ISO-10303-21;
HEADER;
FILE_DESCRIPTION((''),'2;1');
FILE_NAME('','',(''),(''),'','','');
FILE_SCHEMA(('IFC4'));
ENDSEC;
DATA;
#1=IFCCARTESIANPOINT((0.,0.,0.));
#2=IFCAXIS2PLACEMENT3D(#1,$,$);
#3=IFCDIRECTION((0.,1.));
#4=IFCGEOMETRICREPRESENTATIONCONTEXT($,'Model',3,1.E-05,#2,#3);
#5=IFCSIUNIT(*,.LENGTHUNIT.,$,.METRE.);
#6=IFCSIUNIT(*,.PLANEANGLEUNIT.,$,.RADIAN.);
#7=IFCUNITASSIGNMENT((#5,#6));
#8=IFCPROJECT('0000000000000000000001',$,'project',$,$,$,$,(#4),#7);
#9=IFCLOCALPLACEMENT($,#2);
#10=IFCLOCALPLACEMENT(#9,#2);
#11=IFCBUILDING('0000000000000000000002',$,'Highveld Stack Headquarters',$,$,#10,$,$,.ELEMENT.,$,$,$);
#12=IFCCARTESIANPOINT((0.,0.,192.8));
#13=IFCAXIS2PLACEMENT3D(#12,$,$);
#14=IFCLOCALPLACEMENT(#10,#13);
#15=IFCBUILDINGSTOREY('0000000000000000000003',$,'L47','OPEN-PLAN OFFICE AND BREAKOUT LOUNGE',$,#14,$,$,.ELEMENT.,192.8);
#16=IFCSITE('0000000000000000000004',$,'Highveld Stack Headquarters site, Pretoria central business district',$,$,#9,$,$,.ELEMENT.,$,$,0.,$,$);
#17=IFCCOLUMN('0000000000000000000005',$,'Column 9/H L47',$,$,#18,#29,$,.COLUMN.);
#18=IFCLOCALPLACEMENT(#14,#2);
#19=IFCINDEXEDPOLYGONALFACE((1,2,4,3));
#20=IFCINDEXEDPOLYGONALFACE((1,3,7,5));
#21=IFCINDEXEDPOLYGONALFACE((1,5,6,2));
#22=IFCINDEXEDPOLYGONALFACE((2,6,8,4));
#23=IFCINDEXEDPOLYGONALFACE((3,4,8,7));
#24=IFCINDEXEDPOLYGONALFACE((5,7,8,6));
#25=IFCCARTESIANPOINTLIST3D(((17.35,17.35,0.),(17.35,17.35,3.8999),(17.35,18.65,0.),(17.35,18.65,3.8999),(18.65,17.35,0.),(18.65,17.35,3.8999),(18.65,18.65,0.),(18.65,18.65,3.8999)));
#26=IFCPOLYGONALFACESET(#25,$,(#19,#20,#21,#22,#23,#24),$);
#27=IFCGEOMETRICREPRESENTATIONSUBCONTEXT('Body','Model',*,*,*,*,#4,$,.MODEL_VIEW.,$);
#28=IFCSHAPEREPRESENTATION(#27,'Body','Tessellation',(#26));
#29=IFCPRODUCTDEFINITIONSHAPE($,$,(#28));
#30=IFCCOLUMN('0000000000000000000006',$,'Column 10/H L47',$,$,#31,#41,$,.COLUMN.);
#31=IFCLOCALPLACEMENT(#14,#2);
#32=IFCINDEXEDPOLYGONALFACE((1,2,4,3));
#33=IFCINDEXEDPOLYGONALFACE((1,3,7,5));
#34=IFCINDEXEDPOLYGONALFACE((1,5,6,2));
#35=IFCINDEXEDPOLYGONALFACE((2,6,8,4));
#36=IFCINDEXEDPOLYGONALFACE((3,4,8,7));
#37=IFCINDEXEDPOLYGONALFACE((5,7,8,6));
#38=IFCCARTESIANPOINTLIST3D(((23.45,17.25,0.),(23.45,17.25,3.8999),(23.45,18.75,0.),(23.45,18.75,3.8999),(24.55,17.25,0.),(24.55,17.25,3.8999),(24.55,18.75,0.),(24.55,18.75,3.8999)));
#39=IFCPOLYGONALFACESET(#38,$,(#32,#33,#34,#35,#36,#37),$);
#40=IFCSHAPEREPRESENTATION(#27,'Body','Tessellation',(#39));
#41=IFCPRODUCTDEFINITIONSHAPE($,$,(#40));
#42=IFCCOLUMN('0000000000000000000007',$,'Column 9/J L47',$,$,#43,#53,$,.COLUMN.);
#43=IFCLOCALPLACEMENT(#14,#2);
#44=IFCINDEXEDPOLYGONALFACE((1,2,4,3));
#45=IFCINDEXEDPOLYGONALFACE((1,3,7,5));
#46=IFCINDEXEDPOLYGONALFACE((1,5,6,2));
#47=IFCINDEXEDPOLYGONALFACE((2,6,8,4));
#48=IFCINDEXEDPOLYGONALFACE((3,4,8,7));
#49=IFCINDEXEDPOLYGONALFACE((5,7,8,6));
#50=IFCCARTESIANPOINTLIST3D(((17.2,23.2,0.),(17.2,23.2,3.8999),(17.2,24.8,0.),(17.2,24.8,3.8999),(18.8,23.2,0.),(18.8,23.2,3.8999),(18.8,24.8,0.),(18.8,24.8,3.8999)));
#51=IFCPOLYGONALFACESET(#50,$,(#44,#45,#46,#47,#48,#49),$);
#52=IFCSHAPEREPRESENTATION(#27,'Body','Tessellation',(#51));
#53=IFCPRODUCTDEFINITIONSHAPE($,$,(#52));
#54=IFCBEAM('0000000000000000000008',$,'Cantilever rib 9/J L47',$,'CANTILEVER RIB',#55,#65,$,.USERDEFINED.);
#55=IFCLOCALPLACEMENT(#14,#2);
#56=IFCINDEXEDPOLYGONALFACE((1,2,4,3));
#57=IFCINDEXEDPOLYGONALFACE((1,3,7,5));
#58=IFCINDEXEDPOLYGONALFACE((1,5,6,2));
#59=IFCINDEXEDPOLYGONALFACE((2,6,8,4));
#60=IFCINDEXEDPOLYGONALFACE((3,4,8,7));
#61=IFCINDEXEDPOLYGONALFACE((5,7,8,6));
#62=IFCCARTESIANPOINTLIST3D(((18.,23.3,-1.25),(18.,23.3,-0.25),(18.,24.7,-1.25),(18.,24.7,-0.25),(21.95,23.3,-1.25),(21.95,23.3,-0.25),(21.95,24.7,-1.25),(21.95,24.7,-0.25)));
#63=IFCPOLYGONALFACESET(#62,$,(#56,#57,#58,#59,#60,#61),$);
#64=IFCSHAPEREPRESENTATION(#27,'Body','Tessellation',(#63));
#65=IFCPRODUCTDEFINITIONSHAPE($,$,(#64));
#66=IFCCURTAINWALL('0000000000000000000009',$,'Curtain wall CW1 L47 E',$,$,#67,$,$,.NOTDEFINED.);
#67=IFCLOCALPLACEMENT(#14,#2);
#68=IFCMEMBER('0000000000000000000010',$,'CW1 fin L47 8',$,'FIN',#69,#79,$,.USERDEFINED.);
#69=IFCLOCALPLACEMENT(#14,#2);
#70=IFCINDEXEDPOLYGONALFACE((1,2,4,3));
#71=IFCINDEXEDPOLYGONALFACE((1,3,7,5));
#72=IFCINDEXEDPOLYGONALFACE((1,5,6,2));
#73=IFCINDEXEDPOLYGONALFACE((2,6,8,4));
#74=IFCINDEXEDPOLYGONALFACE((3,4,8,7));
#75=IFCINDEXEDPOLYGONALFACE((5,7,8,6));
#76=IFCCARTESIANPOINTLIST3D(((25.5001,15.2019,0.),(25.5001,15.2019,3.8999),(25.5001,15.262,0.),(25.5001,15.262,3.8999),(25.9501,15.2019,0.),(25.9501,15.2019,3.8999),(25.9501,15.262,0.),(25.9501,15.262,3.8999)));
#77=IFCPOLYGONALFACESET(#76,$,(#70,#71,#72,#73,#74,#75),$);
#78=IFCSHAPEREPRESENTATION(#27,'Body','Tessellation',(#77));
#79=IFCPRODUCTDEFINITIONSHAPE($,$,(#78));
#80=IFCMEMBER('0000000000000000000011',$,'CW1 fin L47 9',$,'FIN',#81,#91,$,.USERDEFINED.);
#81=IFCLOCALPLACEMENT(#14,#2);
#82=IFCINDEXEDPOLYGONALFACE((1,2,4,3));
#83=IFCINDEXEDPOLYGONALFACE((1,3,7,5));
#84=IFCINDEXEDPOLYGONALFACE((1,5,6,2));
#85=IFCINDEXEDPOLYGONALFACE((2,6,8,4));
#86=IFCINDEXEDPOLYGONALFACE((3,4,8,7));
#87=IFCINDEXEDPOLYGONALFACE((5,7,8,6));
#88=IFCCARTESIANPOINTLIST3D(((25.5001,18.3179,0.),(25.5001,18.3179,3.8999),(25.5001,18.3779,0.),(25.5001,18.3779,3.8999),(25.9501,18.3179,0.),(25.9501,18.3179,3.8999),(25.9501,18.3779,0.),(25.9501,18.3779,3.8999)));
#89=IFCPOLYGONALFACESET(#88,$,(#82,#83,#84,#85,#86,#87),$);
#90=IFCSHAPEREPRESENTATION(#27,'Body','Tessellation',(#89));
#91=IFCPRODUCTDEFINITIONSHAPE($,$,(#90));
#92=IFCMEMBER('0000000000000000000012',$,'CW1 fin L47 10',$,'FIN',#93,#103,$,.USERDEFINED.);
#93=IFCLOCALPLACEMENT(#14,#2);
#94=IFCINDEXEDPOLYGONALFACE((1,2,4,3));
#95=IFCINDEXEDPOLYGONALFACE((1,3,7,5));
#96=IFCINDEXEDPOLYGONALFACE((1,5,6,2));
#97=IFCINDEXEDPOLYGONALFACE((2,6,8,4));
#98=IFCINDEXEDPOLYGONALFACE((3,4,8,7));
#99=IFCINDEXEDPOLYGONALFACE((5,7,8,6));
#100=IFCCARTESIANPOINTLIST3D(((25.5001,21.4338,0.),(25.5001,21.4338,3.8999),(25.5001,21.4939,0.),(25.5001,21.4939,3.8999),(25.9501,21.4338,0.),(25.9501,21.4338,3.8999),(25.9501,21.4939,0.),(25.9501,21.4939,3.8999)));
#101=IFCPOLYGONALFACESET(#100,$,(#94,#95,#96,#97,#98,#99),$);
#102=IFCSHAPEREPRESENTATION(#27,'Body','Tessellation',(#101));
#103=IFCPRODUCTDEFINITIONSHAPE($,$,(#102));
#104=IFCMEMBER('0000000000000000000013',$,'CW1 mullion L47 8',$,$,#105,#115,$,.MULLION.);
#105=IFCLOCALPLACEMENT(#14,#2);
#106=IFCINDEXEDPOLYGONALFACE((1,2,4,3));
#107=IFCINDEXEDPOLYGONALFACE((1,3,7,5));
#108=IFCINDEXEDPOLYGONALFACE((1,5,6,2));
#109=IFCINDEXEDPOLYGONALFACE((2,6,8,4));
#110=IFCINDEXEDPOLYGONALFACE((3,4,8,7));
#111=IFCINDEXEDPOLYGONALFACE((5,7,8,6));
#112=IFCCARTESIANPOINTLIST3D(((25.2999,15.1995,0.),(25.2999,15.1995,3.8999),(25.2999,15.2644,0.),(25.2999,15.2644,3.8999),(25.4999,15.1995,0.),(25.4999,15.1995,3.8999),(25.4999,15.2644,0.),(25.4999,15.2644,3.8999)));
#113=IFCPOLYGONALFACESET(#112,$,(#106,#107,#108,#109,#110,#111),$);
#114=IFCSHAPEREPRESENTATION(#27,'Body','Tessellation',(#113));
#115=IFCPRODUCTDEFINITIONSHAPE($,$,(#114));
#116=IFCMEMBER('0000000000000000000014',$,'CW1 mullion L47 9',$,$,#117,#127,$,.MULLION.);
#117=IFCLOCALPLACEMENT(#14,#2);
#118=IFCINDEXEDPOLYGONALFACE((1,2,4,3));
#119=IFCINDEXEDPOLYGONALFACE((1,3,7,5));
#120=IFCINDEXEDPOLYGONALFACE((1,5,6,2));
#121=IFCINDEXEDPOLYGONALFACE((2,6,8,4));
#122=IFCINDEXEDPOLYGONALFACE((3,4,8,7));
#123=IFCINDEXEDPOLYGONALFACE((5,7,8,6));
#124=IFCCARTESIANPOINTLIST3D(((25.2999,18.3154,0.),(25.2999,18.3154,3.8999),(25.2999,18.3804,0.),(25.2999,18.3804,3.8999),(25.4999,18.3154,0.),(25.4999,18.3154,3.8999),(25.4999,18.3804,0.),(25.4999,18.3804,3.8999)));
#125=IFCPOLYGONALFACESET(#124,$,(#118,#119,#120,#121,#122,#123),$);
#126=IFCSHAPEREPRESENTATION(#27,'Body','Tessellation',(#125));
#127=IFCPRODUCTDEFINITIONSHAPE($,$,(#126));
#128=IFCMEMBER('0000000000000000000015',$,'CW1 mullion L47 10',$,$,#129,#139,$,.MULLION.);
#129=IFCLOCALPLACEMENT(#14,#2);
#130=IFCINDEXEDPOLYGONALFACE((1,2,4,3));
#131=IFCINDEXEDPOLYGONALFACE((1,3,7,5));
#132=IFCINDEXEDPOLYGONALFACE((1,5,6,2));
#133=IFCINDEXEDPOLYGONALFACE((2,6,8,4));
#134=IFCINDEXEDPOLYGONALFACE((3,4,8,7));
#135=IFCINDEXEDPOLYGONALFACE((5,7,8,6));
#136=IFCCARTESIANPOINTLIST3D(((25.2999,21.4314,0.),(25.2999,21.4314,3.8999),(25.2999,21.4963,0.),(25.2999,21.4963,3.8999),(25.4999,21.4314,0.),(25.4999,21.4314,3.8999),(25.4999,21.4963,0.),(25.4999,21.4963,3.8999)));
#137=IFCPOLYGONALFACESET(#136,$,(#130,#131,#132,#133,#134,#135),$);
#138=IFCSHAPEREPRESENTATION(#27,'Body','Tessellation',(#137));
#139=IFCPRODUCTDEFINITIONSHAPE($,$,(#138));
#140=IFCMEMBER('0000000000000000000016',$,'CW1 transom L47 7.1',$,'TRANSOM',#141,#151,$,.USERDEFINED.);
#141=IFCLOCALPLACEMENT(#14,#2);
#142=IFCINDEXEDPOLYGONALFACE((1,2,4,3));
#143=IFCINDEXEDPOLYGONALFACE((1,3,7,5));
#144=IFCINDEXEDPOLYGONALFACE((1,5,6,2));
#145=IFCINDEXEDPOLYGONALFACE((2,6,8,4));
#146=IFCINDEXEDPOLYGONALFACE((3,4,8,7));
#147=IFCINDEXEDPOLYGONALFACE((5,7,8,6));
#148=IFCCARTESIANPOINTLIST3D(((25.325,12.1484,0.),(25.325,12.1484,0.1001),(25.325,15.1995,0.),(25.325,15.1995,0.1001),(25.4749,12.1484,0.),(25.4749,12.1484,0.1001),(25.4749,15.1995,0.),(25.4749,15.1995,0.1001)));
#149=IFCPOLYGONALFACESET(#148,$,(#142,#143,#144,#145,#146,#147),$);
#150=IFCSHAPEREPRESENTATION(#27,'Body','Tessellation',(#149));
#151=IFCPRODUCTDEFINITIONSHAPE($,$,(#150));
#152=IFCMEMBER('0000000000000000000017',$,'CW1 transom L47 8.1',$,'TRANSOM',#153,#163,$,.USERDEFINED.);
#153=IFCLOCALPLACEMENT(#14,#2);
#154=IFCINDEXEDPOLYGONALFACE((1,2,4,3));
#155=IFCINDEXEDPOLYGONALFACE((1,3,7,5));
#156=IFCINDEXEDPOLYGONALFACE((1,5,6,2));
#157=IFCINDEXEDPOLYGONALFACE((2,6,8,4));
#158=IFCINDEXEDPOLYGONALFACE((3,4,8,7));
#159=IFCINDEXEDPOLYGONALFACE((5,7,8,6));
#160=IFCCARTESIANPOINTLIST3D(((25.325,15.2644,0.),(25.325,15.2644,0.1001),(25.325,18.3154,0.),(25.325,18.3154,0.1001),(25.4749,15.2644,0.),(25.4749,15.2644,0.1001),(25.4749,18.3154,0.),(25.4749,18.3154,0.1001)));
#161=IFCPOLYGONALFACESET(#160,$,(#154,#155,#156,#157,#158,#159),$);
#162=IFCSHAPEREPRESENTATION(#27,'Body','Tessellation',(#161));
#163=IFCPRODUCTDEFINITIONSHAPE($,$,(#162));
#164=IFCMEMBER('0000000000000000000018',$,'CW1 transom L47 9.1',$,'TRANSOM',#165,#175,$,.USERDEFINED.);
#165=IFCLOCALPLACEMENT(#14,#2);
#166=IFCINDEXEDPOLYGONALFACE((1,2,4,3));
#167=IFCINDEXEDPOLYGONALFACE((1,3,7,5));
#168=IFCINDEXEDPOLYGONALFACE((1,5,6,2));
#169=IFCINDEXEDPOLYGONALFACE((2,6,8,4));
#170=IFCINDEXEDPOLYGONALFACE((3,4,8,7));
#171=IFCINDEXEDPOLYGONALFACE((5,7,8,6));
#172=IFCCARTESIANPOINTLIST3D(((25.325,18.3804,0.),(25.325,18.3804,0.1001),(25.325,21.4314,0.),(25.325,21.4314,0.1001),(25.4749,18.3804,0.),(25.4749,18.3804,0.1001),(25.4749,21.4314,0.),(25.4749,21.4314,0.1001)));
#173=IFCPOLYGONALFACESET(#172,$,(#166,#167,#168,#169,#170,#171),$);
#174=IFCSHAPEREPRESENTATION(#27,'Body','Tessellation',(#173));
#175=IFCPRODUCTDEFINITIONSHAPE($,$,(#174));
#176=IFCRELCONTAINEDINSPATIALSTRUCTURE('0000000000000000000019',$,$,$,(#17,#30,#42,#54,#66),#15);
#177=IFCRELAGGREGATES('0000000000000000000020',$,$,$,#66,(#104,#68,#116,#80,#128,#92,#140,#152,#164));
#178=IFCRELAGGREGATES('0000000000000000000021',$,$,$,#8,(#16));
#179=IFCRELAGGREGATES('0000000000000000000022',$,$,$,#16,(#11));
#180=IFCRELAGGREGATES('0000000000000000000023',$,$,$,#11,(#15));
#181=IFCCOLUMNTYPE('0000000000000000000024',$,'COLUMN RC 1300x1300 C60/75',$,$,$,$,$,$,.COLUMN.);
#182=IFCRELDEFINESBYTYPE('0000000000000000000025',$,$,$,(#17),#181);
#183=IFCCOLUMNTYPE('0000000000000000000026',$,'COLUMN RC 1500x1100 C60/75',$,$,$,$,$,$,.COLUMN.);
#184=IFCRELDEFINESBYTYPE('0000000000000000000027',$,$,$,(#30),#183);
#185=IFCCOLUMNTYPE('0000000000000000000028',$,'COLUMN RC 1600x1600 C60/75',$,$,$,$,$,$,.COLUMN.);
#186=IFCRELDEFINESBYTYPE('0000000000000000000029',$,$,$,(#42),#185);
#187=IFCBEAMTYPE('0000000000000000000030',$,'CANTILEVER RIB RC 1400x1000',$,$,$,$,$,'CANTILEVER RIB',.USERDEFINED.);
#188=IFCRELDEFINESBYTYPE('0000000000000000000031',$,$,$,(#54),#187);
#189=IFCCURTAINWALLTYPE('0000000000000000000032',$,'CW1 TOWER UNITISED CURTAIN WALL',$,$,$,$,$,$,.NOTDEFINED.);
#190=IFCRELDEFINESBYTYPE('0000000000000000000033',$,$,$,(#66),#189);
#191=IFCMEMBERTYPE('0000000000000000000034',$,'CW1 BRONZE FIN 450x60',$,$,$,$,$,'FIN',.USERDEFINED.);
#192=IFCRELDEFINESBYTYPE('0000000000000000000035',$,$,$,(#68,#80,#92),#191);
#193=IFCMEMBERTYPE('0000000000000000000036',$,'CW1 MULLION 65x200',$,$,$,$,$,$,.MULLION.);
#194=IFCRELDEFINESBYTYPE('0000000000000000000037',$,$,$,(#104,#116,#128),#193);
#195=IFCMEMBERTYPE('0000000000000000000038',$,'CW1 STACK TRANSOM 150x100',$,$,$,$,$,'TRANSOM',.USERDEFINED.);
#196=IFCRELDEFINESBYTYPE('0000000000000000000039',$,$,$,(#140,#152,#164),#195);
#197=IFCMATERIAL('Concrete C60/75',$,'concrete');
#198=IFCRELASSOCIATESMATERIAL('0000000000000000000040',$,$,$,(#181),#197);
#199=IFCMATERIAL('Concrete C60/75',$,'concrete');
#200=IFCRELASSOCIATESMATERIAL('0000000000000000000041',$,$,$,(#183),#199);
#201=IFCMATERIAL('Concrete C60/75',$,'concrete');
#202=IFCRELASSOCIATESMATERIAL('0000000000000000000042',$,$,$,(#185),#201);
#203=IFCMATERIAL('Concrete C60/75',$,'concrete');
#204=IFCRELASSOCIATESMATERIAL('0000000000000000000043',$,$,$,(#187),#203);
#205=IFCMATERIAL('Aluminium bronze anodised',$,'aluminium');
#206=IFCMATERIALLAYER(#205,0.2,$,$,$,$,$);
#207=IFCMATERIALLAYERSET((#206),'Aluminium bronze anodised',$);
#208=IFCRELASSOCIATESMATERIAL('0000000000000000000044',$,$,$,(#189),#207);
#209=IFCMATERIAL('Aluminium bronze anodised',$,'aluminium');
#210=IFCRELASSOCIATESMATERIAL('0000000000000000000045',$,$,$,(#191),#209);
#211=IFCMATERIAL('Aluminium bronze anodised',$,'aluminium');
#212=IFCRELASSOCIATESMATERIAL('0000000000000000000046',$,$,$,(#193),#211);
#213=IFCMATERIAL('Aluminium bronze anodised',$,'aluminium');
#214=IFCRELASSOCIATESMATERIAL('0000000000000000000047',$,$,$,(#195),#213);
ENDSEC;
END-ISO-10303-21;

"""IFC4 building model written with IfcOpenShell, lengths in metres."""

from ifc_helpers import new_model, si_unit, direction, frame, origin, origin_2d, place, context, subcontext, project, spatial, rectangle, extrude, material, layer, layer_set, material_profile, profile_set, type_object, element, aggregate, save


model = new_model("IFC4")

# Units and contexts
model_context = context("Model", 3, precision=1e-05, world=origin(), true_north=direction((0.0, 1.0)))
body_context = subcontext(model_context, "Body", "Model", "MODEL_VIEW")
ifc_project = project(units=[si_unit("LENGTHUNIT", "METRE"), si_unit("PLANEANGLEUNIT", "RADIAN")], contexts=[model_context])

# Site, building, storey
site_placement = place(None, origin())
site = spatial("IfcSite", under=ifc_project, at=site_placement, Name="Highveld Stack Headquarters site, Pretoria central business district", CompositionType="ELEMENT", RefElevation=0.0)
building_placement = place(site_placement, origin())
building = spatial("IfcBuilding", under=site, at=building_placement, Name="Highveld Stack Headquarters", CompositionType="ELEMENT")
storey_placement = place(building_placement, frame((0.0, 0.0, 192.8)))
storey = spatial("IfcBuildingStorey", under=building, at=storey_placement, Name="L47", Description="OPEN-PLAN OFFICE AND BREAKOUT LOUNGE", CompositionType="ELEMENT", Elevation=192.8)

# Columns
ifc_material_1 = material(Name="Concrete C60/75", Category="concrete")
ifc_material_profile_1 = material_profile(ifc_material_1, rectangle(XDim=1.3, YDim=1.3, at=origin_2d()), Name="RC 1300x1300")
ifc_profile_set_1 = profile_set([ifc_material_profile_1], Name="Concrete C60/75")
column_type_1 = type_object("IfcColumnType", Name="COLUMN RC 1300x1300 C60/75", PredefinedType="COLUMN", material=ifc_profile_set_1)
column_1_placement = place(storey_placement, frame((18.0, 18.0, 0.0), z_axis=(0.0, 0.0, 1.0), x_axis=(1.0, 0.0, 0.0)))
element("IfcColumn", 1, at=column_1_placement, inside=storey, type_object=column_type_1, Name="Column 9/H L47", PredefinedType="COLUMN", context=body_context, shape_type="SweptSolid", body=[
    extrude(rectangle(XDim=1.3, YDim=1.3, at=origin_2d()), origin(), (0.0, 0.0, 1.0), 3.8999),
])
ifc_material_2 = material(Name="Concrete C60/75", Category="concrete")
ifc_material_profile_2 = material_profile(ifc_material_2, rectangle(XDim=1.5, YDim=1.1001, at=origin_2d()), Name="RC 1500x1100")
ifc_profile_set_2 = profile_set([ifc_material_profile_2], Name="Concrete C60/75")
column_type_2 = type_object("IfcColumnType", Name="COLUMN RC 1500x1100 C60/75", PredefinedType="COLUMN", material=ifc_profile_set_2)
column_2_placement = place(storey_placement, frame((24.0, 18.0, 0.0), z_axis=(0.0, 0.0, 1.0), x_axis=(0.0, 1.0, 0.0)))
element("IfcColumn", 2, at=column_2_placement, inside=storey, type_object=column_type_2, Name="Column 10/H L47", PredefinedType="COLUMN", context=body_context, shape_type="SweptSolid", body=[
    extrude(rectangle(XDim=1.5, YDim=1.1001, at=origin_2d()), origin(), (0.0, 0.0, 1.0), 3.8999),
])
ifc_material_3 = material(Name="Concrete C60/75", Category="concrete")
ifc_material_profile_3 = material_profile(ifc_material_3, rectangle(XDim=1.6001, YDim=1.6001, at=origin_2d()), Name="RC 1600x1600")
ifc_profile_set_3 = profile_set([ifc_material_profile_3], Name="Concrete C60/75")
column_type_3 = type_object("IfcColumnType", Name="COLUMN RC 1600x1600 C60/75", PredefinedType="COLUMN", material=ifc_profile_set_3)
column_3_placement = place(storey_placement, frame((18.0, 24.0, 0.0), z_axis=(0.0, 0.0, 1.0), x_axis=(1.0, 0.0, 0.0)))
element("IfcColumn", 3, at=column_3_placement, inside=storey, type_object=column_type_3, Name="Column 9/J L47", PredefinedType="COLUMN", context=body_context, shape_type="SweptSolid", body=[
    extrude(rectangle(XDim=1.6001, YDim=1.6001, at=origin_2d()), origin(), (0.0, 0.0, 1.0), 3.8999),
])

# Beam
ifc_material_4 = material(Name="Concrete C60/75", Category="concrete")
ifc_material_profile_4 = material_profile(ifc_material_4, rectangle(XDim=1.3999, YDim=1.0, at=origin_2d()), Name="RC 1400x1000")
ifc_profile_set_4 = profile_set([ifc_material_profile_4], Name="Concrete C60/75")
beam_type = type_object("IfcBeamType", Name="CANTILEVER RIB RC 1400x1000", ElementType="CANTILEVER RIB", PredefinedType="USERDEFINED", material=ifc_profile_set_4)
beam_placement = place(storey_placement, frame((18.0, 24.0, -0.75), z_axis=(1.0, 0.0, 0.0), x_axis=(0.0, 1.0, 0.0)))
element("IfcBeam", 4, at=beam_placement, inside=storey, type_object=beam_type, Name="Cantilever rib 9/J L47", ObjectType="CANTILEVER RIB", PredefinedType="USERDEFINED", context=body_context, shape_type="SweptSolid", body=[
    extrude(rectangle(XDim=1.3999, YDim=1.0, at=origin_2d()), origin(), (0.0, 0.0, 1.0), 3.95),
])

# Curtain wall, members
ifc_material_5 = material(Name="Aluminium bronze anodised", Category="aluminium")
ifc_layer_1 = layer(ifc_material_5, 0.2)
ifc_layer_set_1 = layer_set([ifc_layer_1], Name="Aluminium bronze anodised")
curtain_wall_type = type_object("IfcCurtainWallType", Name="CW1 TOWER UNITISED CURTAIN WALL", PredefinedType="NOTDEFINED", material=ifc_layer_set_1)
curtain_wall_placement = place(storey_placement, origin())
curtain_wall = element("IfcCurtainWall", 5, at=curtain_wall_placement, inside=storey, type_object=curtain_wall_type, Name="Curtain wall CW1 L47 E", PredefinedType="NOTDEFINED")
ifc_material_6 = material(Name="Aluminium bronze anodised", Category="aluminium")
ifc_material_profile_5 = material_profile(ifc_material_6, rectangle(XDim=0.45, YDim=0.0601, at=origin_2d()), Name="FIN 450x60")
ifc_profile_set_5 = profile_set([ifc_material_profile_5], Name="Aluminium bronze anodised")
member_type_1 = type_object("IfcMemberType", Name="CW1 BRONZE FIN 450x60", ElementType="FIN", PredefinedType="USERDEFINED", material=ifc_profile_set_5)
member_1_placement = place(storey_placement, frame((25.7251, 15.2319, 0.0), z_axis=(0.0, 0.0, 1.0), x_axis=(-1.0, 0.0, 0.0)))
member_1 = element("IfcMember", 6, at=member_1_placement, type_object=member_type_1, Name="CW1 fin L47 8", ObjectType="FIN", PredefinedType="USERDEFINED", context=body_context, shape_type="SweptSolid", body=[
    extrude(rectangle(XDim=0.45, YDim=0.0601, at=origin_2d()), origin(), (0.0, 0.0, 1.0), 3.8999),
])
member_2_placement = place(storey_placement, frame((25.7251, 18.3479, 0.0), z_axis=(0.0, 0.0, 1.0), x_axis=(-1.0, 0.0, 0.0)))
member_2 = element("IfcMember", 7, at=member_2_placement, type_object=member_type_1, Name="CW1 fin L47 9", ObjectType="FIN", PredefinedType="USERDEFINED", context=body_context, shape_type="SweptSolid", body=[
    extrude(rectangle(XDim=0.45, YDim=0.0601, at=origin_2d()), origin(), (0.0, 0.0, 1.0), 3.8999),
])
member_3_placement = place(storey_placement, frame((25.7251, 21.4639, 0.0), z_axis=(0.0, 0.0, 1.0), x_axis=(-1.0, 0.0, 0.0)))
member_3 = element("IfcMember", 8, at=member_3_placement, type_object=member_type_1, Name="CW1 fin L47 10", ObjectType="FIN", PredefinedType="USERDEFINED", context=body_context, shape_type="SweptSolid", body=[
    extrude(rectangle(XDim=0.45, YDim=0.0601, at=origin_2d()), origin(), (0.0, 0.0, 1.0), 3.8999),
])
ifc_material_7 = material(Name="Aluminium bronze anodised", Category="aluminium")
ifc_material_profile_6 = material_profile(ifc_material_7, rectangle(XDim=0.2, YDim=0.0649, at=origin_2d()), Name="CW1 MULLION 65x200")
ifc_profile_set_6 = profile_set([ifc_material_profile_6], Name="Aluminium bronze anodised")
member_type_2 = type_object("IfcMemberType", Name="CW1 MULLION 65x200", PredefinedType="MULLION", material=ifc_profile_set_6)
member_4_placement = place(storey_placement, frame((25.3999, 15.2319, 0.0), z_axis=(0.0, 0.0, 1.0), x_axis=(-1.0, 0.0, 0.0)))
member_4 = element("IfcMember", 9, at=member_4_placement, type_object=member_type_2, Name="CW1 mullion L47 8", PredefinedType="MULLION", context=body_context, shape_type="SweptSolid", body=[
    extrude(rectangle(XDim=0.2, YDim=0.0649, at=origin_2d()), origin(), (0.0, 0.0, 1.0), 3.8999),
])
member_5_placement = place(storey_placement, frame((25.3999, 18.3479, 0.0), z_axis=(0.0, 0.0, 1.0), x_axis=(-1.0, 0.0, 0.0)))
member_5 = element("IfcMember", 10, at=member_5_placement, type_object=member_type_2, Name="CW1 mullion L47 9", PredefinedType="MULLION", context=body_context, shape_type="SweptSolid", body=[
    extrude(rectangle(XDim=0.2, YDim=0.0649, at=origin_2d()), origin(), (0.0, 0.0, 1.0), 3.8999),
])
member_6_placement = place(storey_placement, frame((25.3999, 21.4639, 0.0), z_axis=(0.0, 0.0, 1.0), x_axis=(-1.0, 0.0, 0.0)))
member_6 = element("IfcMember", 11, at=member_6_placement, type_object=member_type_2, Name="CW1 mullion L47 10", PredefinedType="MULLION", context=body_context, shape_type="SweptSolid", body=[
    extrude(rectangle(XDim=0.2, YDim=0.0649, at=origin_2d()), origin(), (0.0, 0.0, 1.0), 3.8999),
])
ifc_material_8 = material(Name="Aluminium bronze anodised", Category="aluminium")
ifc_material_profile_7 = material_profile(ifc_material_8, rectangle(XDim=0.1499, YDim=0.1001, at=origin_2d()), Name="CW1 TRANSOM 150x100")
ifc_profile_set_7 = profile_set([ifc_material_profile_7], Name="Aluminium bronze anodised")
member_type_3 = type_object("IfcMemberType", Name="CW1 STACK TRANSOM 150x100", ElementType="TRANSOM", PredefinedType="USERDEFINED", material=ifc_profile_set_7)
member_7_placement = place(storey_placement, frame((25.3999, 12.1484, 0.05), z_axis=(0.0, 1.0, 0.0), x_axis=(-1.0, 0.0, 0.0)))
member_7 = element("IfcMember", 12, at=member_7_placement, type_object=member_type_3, Name="CW1 transom L47 7.1", ObjectType="TRANSOM", PredefinedType="USERDEFINED", context=body_context, shape_type="SweptSolid", body=[
    extrude(rectangle(XDim=0.1499, YDim=0.1001, at=origin_2d()), origin(), (0.0, 0.0, 1.0), 3.051),
])
member_8_placement = place(storey_placement, frame((25.3999, 15.2644, 0.05), z_axis=(0.0, 1.0, 0.0), x_axis=(-1.0, 0.0, 0.0)))
member_8 = element("IfcMember", 13, at=member_8_placement, type_object=member_type_3, Name="CW1 transom L47 8.1", ObjectType="TRANSOM", PredefinedType="USERDEFINED", context=body_context, shape_type="SweptSolid", body=[
    extrude(rectangle(XDim=0.1499, YDim=0.1001, at=origin_2d()), origin(), (0.0, 0.0, 1.0), 3.051),
])
member_9_placement = place(storey_placement, frame((25.3999, 18.3804, 0.05), z_axis=(0.0, 1.0, 0.0), x_axis=(-1.0, 0.0, 0.0)))
member_9 = element("IfcMember", 14, at=member_9_placement, type_object=member_type_3, Name="CW1 transom L47 9.1", ObjectType="TRANSOM", PredefinedType="USERDEFINED", context=body_context, shape_type="SweptSolid", body=[
    extrude(rectangle(XDim=0.1499, YDim=0.1001, at=origin_2d()), origin(), (0.0, 0.0, 1.0), 3.051),
])
aggregate(curtain_wall, [member_4, member_1, member_5, member_2, member_6, member_3, member_7, member_8, member_9])

save(model, "model.ifc")
